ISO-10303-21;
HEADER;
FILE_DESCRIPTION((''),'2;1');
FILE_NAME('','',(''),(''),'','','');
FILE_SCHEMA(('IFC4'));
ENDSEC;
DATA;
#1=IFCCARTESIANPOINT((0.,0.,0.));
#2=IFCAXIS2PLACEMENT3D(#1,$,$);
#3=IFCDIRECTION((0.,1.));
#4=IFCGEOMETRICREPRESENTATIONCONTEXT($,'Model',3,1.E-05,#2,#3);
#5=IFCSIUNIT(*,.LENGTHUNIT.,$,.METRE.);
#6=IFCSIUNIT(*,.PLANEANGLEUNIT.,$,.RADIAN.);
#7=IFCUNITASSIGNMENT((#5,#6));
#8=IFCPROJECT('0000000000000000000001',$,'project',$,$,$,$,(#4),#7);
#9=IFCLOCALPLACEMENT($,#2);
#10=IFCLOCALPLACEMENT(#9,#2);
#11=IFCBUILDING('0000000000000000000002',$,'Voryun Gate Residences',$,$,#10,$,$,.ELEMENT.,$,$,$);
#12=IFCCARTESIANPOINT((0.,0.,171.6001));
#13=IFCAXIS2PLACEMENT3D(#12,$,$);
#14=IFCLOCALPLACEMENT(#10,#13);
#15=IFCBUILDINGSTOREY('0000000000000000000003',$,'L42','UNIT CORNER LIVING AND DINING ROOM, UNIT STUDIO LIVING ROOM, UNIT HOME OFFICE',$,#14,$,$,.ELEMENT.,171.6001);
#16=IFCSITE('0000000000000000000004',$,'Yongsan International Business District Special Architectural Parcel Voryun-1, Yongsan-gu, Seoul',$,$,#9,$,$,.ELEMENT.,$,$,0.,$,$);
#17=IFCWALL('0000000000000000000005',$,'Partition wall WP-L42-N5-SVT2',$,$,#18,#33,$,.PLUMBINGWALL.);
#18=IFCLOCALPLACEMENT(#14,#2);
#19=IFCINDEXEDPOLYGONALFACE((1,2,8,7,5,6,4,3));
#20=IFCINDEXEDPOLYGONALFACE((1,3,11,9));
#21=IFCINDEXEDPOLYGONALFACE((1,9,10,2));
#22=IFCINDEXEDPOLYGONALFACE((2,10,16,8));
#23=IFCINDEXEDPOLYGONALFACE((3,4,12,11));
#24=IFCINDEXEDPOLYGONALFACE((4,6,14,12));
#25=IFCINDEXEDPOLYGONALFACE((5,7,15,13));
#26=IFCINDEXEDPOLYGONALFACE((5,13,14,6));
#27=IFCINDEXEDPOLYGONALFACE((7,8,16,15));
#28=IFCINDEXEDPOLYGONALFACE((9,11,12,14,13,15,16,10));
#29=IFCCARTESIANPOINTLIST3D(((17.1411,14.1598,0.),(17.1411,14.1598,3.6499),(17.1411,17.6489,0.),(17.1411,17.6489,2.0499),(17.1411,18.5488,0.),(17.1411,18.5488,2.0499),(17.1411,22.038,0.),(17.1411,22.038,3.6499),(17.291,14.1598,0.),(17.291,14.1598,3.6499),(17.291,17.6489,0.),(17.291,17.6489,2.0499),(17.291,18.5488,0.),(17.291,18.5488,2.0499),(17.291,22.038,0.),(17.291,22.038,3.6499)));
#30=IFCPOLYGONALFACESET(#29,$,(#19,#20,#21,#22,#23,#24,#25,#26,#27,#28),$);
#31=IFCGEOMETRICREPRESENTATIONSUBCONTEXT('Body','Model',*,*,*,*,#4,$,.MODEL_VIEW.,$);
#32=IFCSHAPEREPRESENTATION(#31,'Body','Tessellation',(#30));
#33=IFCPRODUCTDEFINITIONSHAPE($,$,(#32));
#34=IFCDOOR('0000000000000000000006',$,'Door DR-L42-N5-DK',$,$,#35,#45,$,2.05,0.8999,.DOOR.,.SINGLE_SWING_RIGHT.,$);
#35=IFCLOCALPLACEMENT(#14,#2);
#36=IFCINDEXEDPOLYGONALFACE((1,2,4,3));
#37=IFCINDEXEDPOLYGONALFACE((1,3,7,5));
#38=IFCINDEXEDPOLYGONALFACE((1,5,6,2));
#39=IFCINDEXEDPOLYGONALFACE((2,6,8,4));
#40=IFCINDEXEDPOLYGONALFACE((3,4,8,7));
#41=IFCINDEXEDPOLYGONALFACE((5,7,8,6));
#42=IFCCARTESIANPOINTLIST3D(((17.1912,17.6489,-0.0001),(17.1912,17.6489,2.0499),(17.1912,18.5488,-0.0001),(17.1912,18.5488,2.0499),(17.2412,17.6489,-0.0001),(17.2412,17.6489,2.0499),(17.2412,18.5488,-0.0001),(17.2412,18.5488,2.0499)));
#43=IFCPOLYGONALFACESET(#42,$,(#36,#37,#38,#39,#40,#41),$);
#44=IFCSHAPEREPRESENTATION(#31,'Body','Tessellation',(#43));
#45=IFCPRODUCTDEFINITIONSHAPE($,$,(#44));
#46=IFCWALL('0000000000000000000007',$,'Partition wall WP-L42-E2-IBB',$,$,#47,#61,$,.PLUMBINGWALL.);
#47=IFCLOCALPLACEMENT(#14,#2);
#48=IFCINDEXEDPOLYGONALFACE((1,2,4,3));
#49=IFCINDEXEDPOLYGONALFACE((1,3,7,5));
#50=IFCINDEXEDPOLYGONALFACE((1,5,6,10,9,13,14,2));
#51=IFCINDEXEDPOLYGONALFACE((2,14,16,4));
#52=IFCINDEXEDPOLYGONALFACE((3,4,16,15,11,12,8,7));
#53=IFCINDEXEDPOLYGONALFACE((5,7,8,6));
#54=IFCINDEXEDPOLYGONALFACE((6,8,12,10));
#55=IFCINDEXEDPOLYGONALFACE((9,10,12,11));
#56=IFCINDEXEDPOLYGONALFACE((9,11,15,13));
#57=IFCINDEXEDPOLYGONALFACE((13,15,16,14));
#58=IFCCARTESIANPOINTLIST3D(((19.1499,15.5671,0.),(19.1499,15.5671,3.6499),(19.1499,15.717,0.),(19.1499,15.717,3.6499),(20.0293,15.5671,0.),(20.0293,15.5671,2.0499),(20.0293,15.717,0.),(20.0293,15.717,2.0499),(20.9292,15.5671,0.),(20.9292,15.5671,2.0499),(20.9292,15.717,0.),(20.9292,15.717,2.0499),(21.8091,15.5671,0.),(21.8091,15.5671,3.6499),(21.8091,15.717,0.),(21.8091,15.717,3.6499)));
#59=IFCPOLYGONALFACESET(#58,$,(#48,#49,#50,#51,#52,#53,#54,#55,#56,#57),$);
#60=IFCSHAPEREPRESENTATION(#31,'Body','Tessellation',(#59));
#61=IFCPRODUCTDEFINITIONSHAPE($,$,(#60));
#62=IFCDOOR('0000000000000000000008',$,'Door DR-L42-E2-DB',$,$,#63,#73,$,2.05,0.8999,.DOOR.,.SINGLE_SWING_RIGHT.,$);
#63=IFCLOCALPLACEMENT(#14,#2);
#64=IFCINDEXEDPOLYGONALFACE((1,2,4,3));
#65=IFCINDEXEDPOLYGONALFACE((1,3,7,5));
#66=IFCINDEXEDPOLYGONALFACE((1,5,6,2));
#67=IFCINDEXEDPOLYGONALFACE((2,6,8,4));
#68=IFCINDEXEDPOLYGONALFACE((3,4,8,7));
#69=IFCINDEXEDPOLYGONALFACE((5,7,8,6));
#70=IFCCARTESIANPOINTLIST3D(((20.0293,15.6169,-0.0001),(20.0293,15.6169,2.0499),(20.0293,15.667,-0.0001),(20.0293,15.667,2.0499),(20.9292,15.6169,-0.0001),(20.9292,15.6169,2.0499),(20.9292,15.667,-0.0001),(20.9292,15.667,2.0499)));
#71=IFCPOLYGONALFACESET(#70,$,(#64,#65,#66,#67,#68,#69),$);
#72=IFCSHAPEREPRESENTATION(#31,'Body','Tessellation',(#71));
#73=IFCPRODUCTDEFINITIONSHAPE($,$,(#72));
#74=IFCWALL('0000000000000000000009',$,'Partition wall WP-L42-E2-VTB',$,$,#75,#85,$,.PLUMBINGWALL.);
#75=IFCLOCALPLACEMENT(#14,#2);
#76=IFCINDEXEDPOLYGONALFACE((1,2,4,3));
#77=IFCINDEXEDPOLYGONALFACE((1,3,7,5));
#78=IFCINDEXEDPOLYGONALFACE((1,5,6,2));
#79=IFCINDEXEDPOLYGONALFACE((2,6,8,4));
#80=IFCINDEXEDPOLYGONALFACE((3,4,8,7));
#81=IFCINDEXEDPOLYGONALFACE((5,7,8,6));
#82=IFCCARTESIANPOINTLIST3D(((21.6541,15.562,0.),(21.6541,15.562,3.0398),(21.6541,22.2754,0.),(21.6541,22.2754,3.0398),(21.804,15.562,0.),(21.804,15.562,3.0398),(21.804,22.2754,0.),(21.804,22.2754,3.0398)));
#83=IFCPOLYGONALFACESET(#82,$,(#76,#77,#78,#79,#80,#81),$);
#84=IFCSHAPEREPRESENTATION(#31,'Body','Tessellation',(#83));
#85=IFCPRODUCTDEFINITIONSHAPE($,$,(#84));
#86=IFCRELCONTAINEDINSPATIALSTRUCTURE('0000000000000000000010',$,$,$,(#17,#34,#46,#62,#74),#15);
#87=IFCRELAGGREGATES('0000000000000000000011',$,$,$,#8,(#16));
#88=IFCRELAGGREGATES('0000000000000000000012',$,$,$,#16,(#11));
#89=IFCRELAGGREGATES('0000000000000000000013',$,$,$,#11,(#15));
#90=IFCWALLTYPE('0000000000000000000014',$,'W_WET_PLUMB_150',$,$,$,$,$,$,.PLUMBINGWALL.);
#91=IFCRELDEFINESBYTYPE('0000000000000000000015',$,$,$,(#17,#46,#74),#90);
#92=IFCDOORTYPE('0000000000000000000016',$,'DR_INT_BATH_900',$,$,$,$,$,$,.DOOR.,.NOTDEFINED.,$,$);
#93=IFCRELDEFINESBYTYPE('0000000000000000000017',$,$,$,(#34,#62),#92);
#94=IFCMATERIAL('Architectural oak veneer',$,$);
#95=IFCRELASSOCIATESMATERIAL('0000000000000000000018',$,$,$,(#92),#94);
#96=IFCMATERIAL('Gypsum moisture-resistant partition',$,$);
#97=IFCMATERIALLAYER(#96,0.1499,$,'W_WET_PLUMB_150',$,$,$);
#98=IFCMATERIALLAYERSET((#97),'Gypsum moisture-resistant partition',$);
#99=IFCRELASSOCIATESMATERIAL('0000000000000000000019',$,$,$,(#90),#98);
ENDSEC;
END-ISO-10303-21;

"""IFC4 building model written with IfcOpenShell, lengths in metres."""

from ifc_helpers import new_model, si_unit, direction, frame, frame_2d, origin, place, context, subcontext, project, spatial, rectangle, extrude, material, layer, layer_set, type_object, element, fill, save


model = new_model("IFC4")

# Units and contexts
model_context = context("Model", 3, precision=1e-05, world=origin(), true_north=direction((0.0, 1.0)))
body_context = subcontext(model_context, "Body", "Model", "MODEL_VIEW")
ifc_project = project(units=[si_unit("LENGTHUNIT", "METRE"), si_unit("PLANEANGLEUNIT", "RADIAN")], contexts=[model_context])

# Site, building, storey
site_placement = place(None, origin())
site = spatial("IfcSite", under=ifc_project, at=site_placement, Name="Yongsan International Business District Special Architectural Parcel Voryun-1, Yongsan-gu, Seoul", CompositionType="ELEMENT", RefElevation=0.0)
building_placement = place(site_placement, origin())
building = spatial("IfcBuilding", under=site, at=building_placement, Name="Voryun Gate Residences", CompositionType="ELEMENT")
storey_placement = place(building_placement, frame((0.0, 0.0, 171.6001)))
storey = spatial("IfcBuildingStorey", under=building, at=storey_placement, Name="L42", Description="UNIT CORNER LIVING AND DINING ROOM, UNIT STUDIO LIVING ROOM, UNIT HOME OFFICE", CompositionType="ELEMENT", Elevation=171.6001)

# Shared definitions
ifc_material_1 = material(Name="Architectural oak veneer")
door_type = type_object("IfcDoorType", Name="DR_INT_BATH_900", OperationType="NOTDEFINED", PredefinedType="DOOR", material=ifc_material_1)

# Shared definitions
ifc_material_2 = material(Name="Gypsum moisture-resistant partition")
ifc_layer_1 = layer(ifc_material_2, 0.1499, Name="W_WET_PLUMB_150")
ifc_layer_set_1 = layer_set([ifc_layer_1], Name="Gypsum moisture-resistant partition")
wall_type_1 = type_object("IfcWallType", Name="W_WET_PLUMB_150", PredefinedType="PLUMBINGWALL", material=ifc_layer_set_1)

# Walls, openings, doors
wall_1_placement = place(storey_placement, frame((17.2161, 14.1599, 0.0), z_axis=(0.0, 0.0, 1.0), x_axis=(0.0, 1.0, 0.0)))
wall_1 = element("IfcWall", 1, at=wall_1_placement, inside=storey, type_object=wall_type_1, Name="Partition wall WP-L42-N5-SVT2", PredefinedType="PLUMBINGWALL", context=body_context, shape_type="SweptSolid", body=[
    extrude(rectangle(XDim=7.8782, YDim=0.1499, at=frame_2d((3.939, 0.0))), origin(), (0.0, 0.0, 1.0), 3.6499),
])
opening_1_placement = place(wall_1_placement, frame((3.489, 0.0, 0.0)))
opening_1 = element("IfcOpeningElement", 2, at=opening_1_placement, cuts=wall_1, PredefinedType="OPENING", context=body_context, shape_type="SweptSolid", body=[
    extrude(rectangle(XDim=0.8999, YDim=2.05, at=frame_2d((0.45, 1.0249))), frame((0.0, 0.085, 0.0), z_axis=(0.0, -1.0, 0.0), x_axis=(1.0, 0.0, 0.0)), (0.0, 0.0, 1.0), 0.1699),
])
door_1_placement = place(opening_1_placement, origin())
door_1 = element("IfcDoor", 3, at=door_1_placement, inside=storey, type_object=door_type, Name="Door DR-L42-N5-DK", OperationType="SINGLE_SWING_RIGHT", OverallHeight=2.05, OverallWidth=0.8999, PredefinedType="DOOR", context=body_context, shape_type="SweptSolid", body=[
    extrude(rectangle(XDim=0.8999, YDim=2.05, at=frame_2d((0.45, 1.0249))), frame((0.0, 0.0249, 0.0), z_axis=(0.0, -1.0, 0.0), x_axis=(1.0, 0.0, 0.0)), (0.0, 0.0, 1.0), 0.05),
])
fill(opening_1, door_1)
wall_2_placement = place(storey_placement, frame((19.1499, 15.6421, 0.0), z_axis=(0.0, 0.0, 1.0), x_axis=(1.0, 0.0, 0.0)))
wall_2 = element("IfcWall", 4, at=wall_2_placement, inside=storey, type_object=wall_type_1, Name="Partition wall WP-L42-E2-IBB", PredefinedType="PLUMBINGWALL", context=body_context, shape_type="SweptSolid", body=[
    extrude(rectangle(XDim=2.6592, YDim=0.1499, at=frame_2d((1.3296, 0.0))), origin(), (0.0, 0.0, 1.0), 3.6499),
])
opening_2_placement = place(wall_2_placement, frame((0.8794, 0.0, 0.0)))
opening_2 = element("IfcOpeningElement", 5, at=opening_2_placement, cuts=wall_2, PredefinedType="OPENING", context=body_context, shape_type="SweptSolid", body=[
    extrude(rectangle(XDim=0.8999, YDim=2.05, at=frame_2d((0.45, 1.0249))), frame((0.0, 0.085, 0.0), z_axis=(0.0, -1.0, 0.0), x_axis=(1.0, 0.0, 0.0)), (0.0, 0.0, 1.0), 0.1699),
])
door_2_placement = place(opening_2_placement, origin())
door_2 = element("IfcDoor", 6, at=door_2_placement, inside=storey, type_object=door_type, Name="Door DR-L42-E2-DB", OperationType="SINGLE_SWING_RIGHT", OverallHeight=2.05, OverallWidth=0.8999, PredefinedType="DOOR", context=body_context, shape_type="SweptSolid", body=[
    extrude(rectangle(XDim=0.8999, YDim=2.05, at=frame_2d((0.45, 1.0249))), frame((0.0, 0.0249, 0.0), z_axis=(0.0, -1.0, 0.0), x_axis=(1.0, 0.0, 0.0)), (0.0, 0.0, 1.0), 0.05),
])
fill(opening_2, door_2)

# Wall
wall_3_placement = place(storey_placement, frame((21.729, 15.562, 0.0), z_axis=(0.0, 0.0, 1.0), x_axis=(0.0, 1.0, 0.0)))
element("IfcWall", 7, at=wall_3_placement, inside=storey, type_object=wall_type_1, Name="Partition wall WP-L42-E2-VTB", PredefinedType="PLUMBINGWALL", context=body_context, shape_type="SweptSolid", body=[
    extrude(rectangle(XDim=6.7134, YDim=0.1499, at=frame_2d((3.3567, 0.0))), origin(), (0.0, 0.0, 1.0), 3.0398),
])

save(model, "model.ifc")
